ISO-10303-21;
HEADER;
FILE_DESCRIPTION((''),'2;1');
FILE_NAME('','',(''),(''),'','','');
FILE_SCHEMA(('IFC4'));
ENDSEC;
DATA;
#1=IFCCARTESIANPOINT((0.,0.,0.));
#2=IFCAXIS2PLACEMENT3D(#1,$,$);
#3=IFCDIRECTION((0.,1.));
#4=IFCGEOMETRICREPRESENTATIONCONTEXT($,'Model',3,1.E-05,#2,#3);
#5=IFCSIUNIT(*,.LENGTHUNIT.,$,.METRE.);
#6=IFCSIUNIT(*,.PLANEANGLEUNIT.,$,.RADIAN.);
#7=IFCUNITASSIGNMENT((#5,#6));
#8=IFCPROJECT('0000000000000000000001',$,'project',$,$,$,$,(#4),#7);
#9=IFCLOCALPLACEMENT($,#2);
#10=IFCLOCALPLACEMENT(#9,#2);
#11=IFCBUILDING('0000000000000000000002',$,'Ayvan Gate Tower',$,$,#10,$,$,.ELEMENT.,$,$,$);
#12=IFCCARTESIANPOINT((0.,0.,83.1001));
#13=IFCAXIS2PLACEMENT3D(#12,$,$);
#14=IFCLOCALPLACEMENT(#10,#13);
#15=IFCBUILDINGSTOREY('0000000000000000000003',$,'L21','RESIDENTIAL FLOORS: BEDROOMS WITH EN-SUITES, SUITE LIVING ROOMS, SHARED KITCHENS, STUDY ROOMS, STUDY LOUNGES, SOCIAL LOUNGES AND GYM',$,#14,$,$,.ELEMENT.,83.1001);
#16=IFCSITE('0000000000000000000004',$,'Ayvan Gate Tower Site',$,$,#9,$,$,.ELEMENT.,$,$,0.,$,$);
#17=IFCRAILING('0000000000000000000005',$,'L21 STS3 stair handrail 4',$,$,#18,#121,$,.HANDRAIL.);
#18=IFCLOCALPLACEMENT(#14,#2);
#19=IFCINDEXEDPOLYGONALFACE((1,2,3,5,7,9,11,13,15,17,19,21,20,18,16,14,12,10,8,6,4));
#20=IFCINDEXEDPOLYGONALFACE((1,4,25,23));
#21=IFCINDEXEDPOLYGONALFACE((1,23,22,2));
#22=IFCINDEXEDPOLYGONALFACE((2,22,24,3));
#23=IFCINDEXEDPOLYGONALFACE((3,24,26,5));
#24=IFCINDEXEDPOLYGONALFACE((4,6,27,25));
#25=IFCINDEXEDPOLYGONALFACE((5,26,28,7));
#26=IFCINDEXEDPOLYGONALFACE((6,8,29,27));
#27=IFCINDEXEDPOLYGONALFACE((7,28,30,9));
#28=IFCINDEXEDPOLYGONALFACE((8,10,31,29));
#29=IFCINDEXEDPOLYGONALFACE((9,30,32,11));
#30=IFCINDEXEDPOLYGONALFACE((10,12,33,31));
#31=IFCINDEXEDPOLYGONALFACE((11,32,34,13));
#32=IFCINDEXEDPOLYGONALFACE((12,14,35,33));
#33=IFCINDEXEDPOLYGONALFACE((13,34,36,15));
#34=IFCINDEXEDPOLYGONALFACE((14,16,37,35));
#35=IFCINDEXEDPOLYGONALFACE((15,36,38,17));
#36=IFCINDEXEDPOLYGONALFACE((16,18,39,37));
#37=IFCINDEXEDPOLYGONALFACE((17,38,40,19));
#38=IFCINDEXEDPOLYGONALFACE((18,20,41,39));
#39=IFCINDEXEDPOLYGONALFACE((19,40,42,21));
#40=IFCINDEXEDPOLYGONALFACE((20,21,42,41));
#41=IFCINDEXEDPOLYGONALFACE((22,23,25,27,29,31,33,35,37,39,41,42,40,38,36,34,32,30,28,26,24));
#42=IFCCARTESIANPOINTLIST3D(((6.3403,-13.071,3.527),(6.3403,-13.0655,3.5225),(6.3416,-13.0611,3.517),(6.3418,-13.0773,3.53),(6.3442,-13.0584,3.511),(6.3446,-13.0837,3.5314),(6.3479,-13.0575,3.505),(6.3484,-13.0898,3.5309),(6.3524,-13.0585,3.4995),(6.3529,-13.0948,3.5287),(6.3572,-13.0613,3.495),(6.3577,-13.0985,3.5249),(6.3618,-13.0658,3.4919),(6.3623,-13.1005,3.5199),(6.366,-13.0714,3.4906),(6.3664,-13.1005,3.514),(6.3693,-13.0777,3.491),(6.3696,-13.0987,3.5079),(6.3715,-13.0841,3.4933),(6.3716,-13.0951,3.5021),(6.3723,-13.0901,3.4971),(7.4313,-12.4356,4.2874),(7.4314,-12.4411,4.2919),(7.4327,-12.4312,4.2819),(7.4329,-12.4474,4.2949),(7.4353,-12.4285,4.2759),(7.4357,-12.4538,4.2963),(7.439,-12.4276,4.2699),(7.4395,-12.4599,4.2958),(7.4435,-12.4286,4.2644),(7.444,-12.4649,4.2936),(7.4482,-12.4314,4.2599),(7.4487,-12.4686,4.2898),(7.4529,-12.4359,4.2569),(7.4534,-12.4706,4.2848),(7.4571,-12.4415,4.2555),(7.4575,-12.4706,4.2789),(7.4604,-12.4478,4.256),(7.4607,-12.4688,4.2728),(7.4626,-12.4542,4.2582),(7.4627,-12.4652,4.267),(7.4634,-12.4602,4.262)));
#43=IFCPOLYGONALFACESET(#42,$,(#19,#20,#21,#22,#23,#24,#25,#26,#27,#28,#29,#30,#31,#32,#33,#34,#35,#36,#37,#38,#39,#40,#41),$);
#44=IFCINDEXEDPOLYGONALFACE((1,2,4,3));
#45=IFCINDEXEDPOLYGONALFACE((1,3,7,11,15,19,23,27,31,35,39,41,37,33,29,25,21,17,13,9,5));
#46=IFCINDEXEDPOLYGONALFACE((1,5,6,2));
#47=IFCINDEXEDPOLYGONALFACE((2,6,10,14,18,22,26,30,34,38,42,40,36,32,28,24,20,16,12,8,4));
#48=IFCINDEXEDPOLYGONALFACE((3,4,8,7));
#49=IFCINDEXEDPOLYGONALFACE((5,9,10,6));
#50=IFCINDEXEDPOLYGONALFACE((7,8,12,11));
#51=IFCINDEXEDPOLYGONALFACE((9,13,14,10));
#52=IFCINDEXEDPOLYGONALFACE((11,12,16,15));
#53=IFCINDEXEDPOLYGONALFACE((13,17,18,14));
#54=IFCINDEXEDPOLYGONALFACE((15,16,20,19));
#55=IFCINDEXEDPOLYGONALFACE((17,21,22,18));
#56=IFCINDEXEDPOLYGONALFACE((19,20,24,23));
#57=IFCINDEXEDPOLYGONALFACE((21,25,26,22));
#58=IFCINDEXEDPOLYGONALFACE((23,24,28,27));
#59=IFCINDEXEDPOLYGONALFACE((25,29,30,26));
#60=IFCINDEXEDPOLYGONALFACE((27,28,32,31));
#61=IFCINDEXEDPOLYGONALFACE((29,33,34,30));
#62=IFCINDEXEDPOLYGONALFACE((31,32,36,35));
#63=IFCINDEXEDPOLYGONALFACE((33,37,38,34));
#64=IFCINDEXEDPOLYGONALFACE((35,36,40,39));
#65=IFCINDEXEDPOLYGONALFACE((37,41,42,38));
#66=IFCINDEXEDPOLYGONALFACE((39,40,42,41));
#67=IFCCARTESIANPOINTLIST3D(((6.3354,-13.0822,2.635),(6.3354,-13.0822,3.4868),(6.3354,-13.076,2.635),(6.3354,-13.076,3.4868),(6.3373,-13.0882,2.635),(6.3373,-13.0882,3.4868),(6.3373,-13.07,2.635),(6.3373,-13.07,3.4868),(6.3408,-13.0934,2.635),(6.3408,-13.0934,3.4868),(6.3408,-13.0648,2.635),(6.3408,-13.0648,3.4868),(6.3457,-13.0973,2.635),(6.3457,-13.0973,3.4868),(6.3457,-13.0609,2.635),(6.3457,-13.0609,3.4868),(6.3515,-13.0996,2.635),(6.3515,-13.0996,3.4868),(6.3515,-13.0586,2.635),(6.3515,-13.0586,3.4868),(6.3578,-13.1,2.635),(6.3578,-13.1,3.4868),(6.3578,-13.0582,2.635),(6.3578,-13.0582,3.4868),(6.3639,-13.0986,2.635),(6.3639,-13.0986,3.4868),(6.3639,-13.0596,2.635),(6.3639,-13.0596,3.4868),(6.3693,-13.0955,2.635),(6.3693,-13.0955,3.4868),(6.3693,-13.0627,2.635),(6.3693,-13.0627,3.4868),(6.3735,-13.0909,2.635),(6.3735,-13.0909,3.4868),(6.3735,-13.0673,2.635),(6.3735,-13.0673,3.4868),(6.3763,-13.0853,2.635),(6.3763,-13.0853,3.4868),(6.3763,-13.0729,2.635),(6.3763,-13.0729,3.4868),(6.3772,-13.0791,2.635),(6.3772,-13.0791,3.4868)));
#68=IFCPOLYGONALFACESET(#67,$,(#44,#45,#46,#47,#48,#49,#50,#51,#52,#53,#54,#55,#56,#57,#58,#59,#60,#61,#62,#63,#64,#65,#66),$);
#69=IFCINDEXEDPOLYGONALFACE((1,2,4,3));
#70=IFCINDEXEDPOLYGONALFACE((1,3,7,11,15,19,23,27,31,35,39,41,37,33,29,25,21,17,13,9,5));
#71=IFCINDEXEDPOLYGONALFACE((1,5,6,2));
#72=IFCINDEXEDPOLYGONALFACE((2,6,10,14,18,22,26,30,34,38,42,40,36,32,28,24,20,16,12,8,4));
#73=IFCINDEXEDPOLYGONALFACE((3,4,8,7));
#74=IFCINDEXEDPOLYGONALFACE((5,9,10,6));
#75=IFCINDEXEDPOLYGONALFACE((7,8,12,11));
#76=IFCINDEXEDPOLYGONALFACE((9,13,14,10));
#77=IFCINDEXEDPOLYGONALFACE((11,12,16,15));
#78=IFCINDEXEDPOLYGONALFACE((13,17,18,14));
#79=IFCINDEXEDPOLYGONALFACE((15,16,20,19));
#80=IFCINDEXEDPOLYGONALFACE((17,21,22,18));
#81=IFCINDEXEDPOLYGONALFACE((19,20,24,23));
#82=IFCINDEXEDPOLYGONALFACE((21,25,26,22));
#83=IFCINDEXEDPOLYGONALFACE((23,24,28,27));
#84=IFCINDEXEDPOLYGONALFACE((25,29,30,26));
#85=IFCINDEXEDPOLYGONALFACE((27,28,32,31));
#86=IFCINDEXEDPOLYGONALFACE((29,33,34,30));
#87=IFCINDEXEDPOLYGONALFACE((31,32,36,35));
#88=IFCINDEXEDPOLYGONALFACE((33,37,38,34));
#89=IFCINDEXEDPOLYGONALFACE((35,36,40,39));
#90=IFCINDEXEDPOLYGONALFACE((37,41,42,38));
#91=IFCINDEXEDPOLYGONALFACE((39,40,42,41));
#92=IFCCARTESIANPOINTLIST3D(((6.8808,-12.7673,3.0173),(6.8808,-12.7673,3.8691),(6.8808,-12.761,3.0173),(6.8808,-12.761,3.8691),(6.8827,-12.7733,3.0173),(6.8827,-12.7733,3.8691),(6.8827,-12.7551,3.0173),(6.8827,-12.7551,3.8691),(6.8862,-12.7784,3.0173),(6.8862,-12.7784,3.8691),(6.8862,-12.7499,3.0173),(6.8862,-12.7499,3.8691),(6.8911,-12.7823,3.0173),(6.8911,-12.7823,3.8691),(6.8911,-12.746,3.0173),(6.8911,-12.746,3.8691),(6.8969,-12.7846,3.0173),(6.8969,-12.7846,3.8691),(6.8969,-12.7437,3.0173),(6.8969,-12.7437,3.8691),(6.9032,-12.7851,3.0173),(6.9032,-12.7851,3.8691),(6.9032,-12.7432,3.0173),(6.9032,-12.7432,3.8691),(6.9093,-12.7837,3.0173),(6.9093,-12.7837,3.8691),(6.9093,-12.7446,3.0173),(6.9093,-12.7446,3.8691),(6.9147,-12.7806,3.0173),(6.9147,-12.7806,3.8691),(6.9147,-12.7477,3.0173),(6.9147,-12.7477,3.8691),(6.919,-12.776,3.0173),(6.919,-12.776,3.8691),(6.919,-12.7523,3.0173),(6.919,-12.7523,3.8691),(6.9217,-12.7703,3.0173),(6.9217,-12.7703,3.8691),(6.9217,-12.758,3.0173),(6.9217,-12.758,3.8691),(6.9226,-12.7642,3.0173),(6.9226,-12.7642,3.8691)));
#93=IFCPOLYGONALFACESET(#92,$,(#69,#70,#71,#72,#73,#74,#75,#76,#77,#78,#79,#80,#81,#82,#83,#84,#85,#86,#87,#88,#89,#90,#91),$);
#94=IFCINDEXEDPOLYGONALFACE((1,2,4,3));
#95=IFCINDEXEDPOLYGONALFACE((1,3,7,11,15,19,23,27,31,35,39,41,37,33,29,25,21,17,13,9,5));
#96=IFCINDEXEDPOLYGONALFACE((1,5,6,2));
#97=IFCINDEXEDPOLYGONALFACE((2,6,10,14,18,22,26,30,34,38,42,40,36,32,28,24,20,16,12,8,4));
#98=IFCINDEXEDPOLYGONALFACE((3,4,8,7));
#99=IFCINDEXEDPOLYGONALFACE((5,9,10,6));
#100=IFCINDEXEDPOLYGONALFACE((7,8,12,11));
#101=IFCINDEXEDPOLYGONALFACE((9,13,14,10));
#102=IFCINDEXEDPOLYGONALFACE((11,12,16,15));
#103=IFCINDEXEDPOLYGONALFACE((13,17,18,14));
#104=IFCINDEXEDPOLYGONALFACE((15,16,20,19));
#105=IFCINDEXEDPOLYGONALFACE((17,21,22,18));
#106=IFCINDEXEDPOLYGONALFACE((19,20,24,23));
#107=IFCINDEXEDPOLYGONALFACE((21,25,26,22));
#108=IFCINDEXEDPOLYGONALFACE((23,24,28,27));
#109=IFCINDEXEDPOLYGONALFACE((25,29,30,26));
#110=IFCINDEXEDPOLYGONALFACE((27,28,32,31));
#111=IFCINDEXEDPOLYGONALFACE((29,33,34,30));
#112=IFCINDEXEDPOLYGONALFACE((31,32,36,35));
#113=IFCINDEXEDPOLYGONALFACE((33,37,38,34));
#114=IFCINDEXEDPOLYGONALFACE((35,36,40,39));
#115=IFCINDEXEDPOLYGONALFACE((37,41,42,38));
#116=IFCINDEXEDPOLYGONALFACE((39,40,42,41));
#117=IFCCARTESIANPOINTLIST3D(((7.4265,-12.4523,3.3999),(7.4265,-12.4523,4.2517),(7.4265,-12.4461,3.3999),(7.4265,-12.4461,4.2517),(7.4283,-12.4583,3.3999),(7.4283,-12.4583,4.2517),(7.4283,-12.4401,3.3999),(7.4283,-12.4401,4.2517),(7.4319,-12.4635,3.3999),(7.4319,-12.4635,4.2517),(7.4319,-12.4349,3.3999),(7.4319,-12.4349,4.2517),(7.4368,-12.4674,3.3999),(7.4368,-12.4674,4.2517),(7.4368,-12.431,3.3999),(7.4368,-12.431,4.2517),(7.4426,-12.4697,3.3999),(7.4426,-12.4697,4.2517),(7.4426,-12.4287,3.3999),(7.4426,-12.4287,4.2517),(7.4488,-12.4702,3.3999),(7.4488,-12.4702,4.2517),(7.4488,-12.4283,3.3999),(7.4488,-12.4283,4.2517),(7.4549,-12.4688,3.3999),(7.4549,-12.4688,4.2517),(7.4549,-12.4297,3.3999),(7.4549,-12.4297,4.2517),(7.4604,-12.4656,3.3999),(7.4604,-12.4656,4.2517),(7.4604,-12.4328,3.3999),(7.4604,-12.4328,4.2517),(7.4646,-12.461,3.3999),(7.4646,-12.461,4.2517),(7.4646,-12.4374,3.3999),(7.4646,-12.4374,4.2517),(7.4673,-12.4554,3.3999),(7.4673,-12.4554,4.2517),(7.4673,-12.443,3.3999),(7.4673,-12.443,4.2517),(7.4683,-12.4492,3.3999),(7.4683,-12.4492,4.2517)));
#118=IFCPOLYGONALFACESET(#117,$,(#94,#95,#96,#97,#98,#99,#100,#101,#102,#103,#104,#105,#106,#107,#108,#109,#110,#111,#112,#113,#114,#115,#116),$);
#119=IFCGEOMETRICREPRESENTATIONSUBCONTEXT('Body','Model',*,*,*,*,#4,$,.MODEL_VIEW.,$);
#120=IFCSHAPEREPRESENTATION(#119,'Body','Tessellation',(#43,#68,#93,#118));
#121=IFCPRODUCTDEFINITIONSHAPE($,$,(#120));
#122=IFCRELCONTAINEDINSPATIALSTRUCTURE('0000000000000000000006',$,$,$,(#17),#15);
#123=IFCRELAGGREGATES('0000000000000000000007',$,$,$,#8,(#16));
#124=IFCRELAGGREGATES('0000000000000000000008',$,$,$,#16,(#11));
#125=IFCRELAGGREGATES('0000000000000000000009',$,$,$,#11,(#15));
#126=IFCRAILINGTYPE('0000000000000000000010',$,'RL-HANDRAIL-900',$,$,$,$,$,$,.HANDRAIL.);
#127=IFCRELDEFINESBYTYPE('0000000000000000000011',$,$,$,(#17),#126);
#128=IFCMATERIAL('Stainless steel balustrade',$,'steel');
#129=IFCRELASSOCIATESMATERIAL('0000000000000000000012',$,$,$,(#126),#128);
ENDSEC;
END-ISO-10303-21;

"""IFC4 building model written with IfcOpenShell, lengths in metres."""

from ifc_helpers import new_model, si_unit, direction, frame, origin, origin_2d, place, context, subcontext, project, spatial, circle, extrude, material, type_object, element, save


model = new_model("IFC4")

# Units and contexts
model_context = context("Model", 3, precision=1e-05, world=origin(), true_north=direction((0.0, 1.0)))
body_context = subcontext(model_context, "Body", "Model", "MODEL_VIEW")
ifc_project = project(units=[si_unit("LENGTHUNIT", "METRE"), si_unit("PLANEANGLEUNIT", "RADIAN")], contexts=[model_context])

# Site, building, storey
site_placement = place(None, origin())
site = spatial("IfcSite", under=ifc_project, at=site_placement, Name="Ayvan Gate Tower Site", CompositionType="ELEMENT", RefElevation=0.0)
building_placement = place(site_placement, origin())
building = spatial("IfcBuilding", under=site, at=building_placement, Name="Ayvan Gate Tower", CompositionType="ELEMENT")
storey_placement = place(building_placement, frame((0.0, 0.0, 83.1001)))
storey = spatial("IfcBuildingStorey", under=building, at=storey_placement, Name="L21", Description="RESIDENTIAL FLOORS: BEDROOMS WITH EN-SUITES, SUITE LIVING ROOMS, SHARED KITCHENS, STUDY ROOMS, STUDY LOUNGES, SOCIAL LOUNGES AND GYM", CompositionType="ELEMENT", Elevation=83.1001)

# Railing
ifc_material_1 = material(Name="Stainless steel balustrade", Category="steel")
railing_type_1 = type_object("IfcRailingType", Name="RL-HANDRAIL-900", PredefinedType="HANDRAIL", material=ifc_material_1)
railing_1_placement = place(storey_placement, frame((6.3562, -13.0791, 2.635)))
element("IfcRailing", 1, at=railing_1_placement, inside=storey, type_object=railing_type_1, Name="L21 STS3 stair handrail 4", PredefinedType="HANDRAIL", context=body_context, shape_type="SweptSolid", body=[
    extrude(circle(Radius=0.0239, at=origin_2d()), frame((0.0, 0.0, 0.876), z_axis=(0.740282, 0.427372, 0.518976), x_axis=(-0.499974, 0.86604, 0.0)), (0.0, 0.0, 1.0), 1.4739),
    extrude(circle(Radius=0.021, at=origin_2d()), origin(), (0.0, 0.0, 1.0), 0.8518),
    extrude(circle(Radius=0.021, at=origin_2d()), frame((0.5454, 0.3149, 0.3823)), (0.0, 0.0, 1.0), 0.8518),
    extrude(circle(Radius=0.021, at=origin_2d()), frame((1.0911, 0.6299, 0.7649)), (0.0, 0.0, 1.0), 0.8518),
])

save(model, "model.ifc")
